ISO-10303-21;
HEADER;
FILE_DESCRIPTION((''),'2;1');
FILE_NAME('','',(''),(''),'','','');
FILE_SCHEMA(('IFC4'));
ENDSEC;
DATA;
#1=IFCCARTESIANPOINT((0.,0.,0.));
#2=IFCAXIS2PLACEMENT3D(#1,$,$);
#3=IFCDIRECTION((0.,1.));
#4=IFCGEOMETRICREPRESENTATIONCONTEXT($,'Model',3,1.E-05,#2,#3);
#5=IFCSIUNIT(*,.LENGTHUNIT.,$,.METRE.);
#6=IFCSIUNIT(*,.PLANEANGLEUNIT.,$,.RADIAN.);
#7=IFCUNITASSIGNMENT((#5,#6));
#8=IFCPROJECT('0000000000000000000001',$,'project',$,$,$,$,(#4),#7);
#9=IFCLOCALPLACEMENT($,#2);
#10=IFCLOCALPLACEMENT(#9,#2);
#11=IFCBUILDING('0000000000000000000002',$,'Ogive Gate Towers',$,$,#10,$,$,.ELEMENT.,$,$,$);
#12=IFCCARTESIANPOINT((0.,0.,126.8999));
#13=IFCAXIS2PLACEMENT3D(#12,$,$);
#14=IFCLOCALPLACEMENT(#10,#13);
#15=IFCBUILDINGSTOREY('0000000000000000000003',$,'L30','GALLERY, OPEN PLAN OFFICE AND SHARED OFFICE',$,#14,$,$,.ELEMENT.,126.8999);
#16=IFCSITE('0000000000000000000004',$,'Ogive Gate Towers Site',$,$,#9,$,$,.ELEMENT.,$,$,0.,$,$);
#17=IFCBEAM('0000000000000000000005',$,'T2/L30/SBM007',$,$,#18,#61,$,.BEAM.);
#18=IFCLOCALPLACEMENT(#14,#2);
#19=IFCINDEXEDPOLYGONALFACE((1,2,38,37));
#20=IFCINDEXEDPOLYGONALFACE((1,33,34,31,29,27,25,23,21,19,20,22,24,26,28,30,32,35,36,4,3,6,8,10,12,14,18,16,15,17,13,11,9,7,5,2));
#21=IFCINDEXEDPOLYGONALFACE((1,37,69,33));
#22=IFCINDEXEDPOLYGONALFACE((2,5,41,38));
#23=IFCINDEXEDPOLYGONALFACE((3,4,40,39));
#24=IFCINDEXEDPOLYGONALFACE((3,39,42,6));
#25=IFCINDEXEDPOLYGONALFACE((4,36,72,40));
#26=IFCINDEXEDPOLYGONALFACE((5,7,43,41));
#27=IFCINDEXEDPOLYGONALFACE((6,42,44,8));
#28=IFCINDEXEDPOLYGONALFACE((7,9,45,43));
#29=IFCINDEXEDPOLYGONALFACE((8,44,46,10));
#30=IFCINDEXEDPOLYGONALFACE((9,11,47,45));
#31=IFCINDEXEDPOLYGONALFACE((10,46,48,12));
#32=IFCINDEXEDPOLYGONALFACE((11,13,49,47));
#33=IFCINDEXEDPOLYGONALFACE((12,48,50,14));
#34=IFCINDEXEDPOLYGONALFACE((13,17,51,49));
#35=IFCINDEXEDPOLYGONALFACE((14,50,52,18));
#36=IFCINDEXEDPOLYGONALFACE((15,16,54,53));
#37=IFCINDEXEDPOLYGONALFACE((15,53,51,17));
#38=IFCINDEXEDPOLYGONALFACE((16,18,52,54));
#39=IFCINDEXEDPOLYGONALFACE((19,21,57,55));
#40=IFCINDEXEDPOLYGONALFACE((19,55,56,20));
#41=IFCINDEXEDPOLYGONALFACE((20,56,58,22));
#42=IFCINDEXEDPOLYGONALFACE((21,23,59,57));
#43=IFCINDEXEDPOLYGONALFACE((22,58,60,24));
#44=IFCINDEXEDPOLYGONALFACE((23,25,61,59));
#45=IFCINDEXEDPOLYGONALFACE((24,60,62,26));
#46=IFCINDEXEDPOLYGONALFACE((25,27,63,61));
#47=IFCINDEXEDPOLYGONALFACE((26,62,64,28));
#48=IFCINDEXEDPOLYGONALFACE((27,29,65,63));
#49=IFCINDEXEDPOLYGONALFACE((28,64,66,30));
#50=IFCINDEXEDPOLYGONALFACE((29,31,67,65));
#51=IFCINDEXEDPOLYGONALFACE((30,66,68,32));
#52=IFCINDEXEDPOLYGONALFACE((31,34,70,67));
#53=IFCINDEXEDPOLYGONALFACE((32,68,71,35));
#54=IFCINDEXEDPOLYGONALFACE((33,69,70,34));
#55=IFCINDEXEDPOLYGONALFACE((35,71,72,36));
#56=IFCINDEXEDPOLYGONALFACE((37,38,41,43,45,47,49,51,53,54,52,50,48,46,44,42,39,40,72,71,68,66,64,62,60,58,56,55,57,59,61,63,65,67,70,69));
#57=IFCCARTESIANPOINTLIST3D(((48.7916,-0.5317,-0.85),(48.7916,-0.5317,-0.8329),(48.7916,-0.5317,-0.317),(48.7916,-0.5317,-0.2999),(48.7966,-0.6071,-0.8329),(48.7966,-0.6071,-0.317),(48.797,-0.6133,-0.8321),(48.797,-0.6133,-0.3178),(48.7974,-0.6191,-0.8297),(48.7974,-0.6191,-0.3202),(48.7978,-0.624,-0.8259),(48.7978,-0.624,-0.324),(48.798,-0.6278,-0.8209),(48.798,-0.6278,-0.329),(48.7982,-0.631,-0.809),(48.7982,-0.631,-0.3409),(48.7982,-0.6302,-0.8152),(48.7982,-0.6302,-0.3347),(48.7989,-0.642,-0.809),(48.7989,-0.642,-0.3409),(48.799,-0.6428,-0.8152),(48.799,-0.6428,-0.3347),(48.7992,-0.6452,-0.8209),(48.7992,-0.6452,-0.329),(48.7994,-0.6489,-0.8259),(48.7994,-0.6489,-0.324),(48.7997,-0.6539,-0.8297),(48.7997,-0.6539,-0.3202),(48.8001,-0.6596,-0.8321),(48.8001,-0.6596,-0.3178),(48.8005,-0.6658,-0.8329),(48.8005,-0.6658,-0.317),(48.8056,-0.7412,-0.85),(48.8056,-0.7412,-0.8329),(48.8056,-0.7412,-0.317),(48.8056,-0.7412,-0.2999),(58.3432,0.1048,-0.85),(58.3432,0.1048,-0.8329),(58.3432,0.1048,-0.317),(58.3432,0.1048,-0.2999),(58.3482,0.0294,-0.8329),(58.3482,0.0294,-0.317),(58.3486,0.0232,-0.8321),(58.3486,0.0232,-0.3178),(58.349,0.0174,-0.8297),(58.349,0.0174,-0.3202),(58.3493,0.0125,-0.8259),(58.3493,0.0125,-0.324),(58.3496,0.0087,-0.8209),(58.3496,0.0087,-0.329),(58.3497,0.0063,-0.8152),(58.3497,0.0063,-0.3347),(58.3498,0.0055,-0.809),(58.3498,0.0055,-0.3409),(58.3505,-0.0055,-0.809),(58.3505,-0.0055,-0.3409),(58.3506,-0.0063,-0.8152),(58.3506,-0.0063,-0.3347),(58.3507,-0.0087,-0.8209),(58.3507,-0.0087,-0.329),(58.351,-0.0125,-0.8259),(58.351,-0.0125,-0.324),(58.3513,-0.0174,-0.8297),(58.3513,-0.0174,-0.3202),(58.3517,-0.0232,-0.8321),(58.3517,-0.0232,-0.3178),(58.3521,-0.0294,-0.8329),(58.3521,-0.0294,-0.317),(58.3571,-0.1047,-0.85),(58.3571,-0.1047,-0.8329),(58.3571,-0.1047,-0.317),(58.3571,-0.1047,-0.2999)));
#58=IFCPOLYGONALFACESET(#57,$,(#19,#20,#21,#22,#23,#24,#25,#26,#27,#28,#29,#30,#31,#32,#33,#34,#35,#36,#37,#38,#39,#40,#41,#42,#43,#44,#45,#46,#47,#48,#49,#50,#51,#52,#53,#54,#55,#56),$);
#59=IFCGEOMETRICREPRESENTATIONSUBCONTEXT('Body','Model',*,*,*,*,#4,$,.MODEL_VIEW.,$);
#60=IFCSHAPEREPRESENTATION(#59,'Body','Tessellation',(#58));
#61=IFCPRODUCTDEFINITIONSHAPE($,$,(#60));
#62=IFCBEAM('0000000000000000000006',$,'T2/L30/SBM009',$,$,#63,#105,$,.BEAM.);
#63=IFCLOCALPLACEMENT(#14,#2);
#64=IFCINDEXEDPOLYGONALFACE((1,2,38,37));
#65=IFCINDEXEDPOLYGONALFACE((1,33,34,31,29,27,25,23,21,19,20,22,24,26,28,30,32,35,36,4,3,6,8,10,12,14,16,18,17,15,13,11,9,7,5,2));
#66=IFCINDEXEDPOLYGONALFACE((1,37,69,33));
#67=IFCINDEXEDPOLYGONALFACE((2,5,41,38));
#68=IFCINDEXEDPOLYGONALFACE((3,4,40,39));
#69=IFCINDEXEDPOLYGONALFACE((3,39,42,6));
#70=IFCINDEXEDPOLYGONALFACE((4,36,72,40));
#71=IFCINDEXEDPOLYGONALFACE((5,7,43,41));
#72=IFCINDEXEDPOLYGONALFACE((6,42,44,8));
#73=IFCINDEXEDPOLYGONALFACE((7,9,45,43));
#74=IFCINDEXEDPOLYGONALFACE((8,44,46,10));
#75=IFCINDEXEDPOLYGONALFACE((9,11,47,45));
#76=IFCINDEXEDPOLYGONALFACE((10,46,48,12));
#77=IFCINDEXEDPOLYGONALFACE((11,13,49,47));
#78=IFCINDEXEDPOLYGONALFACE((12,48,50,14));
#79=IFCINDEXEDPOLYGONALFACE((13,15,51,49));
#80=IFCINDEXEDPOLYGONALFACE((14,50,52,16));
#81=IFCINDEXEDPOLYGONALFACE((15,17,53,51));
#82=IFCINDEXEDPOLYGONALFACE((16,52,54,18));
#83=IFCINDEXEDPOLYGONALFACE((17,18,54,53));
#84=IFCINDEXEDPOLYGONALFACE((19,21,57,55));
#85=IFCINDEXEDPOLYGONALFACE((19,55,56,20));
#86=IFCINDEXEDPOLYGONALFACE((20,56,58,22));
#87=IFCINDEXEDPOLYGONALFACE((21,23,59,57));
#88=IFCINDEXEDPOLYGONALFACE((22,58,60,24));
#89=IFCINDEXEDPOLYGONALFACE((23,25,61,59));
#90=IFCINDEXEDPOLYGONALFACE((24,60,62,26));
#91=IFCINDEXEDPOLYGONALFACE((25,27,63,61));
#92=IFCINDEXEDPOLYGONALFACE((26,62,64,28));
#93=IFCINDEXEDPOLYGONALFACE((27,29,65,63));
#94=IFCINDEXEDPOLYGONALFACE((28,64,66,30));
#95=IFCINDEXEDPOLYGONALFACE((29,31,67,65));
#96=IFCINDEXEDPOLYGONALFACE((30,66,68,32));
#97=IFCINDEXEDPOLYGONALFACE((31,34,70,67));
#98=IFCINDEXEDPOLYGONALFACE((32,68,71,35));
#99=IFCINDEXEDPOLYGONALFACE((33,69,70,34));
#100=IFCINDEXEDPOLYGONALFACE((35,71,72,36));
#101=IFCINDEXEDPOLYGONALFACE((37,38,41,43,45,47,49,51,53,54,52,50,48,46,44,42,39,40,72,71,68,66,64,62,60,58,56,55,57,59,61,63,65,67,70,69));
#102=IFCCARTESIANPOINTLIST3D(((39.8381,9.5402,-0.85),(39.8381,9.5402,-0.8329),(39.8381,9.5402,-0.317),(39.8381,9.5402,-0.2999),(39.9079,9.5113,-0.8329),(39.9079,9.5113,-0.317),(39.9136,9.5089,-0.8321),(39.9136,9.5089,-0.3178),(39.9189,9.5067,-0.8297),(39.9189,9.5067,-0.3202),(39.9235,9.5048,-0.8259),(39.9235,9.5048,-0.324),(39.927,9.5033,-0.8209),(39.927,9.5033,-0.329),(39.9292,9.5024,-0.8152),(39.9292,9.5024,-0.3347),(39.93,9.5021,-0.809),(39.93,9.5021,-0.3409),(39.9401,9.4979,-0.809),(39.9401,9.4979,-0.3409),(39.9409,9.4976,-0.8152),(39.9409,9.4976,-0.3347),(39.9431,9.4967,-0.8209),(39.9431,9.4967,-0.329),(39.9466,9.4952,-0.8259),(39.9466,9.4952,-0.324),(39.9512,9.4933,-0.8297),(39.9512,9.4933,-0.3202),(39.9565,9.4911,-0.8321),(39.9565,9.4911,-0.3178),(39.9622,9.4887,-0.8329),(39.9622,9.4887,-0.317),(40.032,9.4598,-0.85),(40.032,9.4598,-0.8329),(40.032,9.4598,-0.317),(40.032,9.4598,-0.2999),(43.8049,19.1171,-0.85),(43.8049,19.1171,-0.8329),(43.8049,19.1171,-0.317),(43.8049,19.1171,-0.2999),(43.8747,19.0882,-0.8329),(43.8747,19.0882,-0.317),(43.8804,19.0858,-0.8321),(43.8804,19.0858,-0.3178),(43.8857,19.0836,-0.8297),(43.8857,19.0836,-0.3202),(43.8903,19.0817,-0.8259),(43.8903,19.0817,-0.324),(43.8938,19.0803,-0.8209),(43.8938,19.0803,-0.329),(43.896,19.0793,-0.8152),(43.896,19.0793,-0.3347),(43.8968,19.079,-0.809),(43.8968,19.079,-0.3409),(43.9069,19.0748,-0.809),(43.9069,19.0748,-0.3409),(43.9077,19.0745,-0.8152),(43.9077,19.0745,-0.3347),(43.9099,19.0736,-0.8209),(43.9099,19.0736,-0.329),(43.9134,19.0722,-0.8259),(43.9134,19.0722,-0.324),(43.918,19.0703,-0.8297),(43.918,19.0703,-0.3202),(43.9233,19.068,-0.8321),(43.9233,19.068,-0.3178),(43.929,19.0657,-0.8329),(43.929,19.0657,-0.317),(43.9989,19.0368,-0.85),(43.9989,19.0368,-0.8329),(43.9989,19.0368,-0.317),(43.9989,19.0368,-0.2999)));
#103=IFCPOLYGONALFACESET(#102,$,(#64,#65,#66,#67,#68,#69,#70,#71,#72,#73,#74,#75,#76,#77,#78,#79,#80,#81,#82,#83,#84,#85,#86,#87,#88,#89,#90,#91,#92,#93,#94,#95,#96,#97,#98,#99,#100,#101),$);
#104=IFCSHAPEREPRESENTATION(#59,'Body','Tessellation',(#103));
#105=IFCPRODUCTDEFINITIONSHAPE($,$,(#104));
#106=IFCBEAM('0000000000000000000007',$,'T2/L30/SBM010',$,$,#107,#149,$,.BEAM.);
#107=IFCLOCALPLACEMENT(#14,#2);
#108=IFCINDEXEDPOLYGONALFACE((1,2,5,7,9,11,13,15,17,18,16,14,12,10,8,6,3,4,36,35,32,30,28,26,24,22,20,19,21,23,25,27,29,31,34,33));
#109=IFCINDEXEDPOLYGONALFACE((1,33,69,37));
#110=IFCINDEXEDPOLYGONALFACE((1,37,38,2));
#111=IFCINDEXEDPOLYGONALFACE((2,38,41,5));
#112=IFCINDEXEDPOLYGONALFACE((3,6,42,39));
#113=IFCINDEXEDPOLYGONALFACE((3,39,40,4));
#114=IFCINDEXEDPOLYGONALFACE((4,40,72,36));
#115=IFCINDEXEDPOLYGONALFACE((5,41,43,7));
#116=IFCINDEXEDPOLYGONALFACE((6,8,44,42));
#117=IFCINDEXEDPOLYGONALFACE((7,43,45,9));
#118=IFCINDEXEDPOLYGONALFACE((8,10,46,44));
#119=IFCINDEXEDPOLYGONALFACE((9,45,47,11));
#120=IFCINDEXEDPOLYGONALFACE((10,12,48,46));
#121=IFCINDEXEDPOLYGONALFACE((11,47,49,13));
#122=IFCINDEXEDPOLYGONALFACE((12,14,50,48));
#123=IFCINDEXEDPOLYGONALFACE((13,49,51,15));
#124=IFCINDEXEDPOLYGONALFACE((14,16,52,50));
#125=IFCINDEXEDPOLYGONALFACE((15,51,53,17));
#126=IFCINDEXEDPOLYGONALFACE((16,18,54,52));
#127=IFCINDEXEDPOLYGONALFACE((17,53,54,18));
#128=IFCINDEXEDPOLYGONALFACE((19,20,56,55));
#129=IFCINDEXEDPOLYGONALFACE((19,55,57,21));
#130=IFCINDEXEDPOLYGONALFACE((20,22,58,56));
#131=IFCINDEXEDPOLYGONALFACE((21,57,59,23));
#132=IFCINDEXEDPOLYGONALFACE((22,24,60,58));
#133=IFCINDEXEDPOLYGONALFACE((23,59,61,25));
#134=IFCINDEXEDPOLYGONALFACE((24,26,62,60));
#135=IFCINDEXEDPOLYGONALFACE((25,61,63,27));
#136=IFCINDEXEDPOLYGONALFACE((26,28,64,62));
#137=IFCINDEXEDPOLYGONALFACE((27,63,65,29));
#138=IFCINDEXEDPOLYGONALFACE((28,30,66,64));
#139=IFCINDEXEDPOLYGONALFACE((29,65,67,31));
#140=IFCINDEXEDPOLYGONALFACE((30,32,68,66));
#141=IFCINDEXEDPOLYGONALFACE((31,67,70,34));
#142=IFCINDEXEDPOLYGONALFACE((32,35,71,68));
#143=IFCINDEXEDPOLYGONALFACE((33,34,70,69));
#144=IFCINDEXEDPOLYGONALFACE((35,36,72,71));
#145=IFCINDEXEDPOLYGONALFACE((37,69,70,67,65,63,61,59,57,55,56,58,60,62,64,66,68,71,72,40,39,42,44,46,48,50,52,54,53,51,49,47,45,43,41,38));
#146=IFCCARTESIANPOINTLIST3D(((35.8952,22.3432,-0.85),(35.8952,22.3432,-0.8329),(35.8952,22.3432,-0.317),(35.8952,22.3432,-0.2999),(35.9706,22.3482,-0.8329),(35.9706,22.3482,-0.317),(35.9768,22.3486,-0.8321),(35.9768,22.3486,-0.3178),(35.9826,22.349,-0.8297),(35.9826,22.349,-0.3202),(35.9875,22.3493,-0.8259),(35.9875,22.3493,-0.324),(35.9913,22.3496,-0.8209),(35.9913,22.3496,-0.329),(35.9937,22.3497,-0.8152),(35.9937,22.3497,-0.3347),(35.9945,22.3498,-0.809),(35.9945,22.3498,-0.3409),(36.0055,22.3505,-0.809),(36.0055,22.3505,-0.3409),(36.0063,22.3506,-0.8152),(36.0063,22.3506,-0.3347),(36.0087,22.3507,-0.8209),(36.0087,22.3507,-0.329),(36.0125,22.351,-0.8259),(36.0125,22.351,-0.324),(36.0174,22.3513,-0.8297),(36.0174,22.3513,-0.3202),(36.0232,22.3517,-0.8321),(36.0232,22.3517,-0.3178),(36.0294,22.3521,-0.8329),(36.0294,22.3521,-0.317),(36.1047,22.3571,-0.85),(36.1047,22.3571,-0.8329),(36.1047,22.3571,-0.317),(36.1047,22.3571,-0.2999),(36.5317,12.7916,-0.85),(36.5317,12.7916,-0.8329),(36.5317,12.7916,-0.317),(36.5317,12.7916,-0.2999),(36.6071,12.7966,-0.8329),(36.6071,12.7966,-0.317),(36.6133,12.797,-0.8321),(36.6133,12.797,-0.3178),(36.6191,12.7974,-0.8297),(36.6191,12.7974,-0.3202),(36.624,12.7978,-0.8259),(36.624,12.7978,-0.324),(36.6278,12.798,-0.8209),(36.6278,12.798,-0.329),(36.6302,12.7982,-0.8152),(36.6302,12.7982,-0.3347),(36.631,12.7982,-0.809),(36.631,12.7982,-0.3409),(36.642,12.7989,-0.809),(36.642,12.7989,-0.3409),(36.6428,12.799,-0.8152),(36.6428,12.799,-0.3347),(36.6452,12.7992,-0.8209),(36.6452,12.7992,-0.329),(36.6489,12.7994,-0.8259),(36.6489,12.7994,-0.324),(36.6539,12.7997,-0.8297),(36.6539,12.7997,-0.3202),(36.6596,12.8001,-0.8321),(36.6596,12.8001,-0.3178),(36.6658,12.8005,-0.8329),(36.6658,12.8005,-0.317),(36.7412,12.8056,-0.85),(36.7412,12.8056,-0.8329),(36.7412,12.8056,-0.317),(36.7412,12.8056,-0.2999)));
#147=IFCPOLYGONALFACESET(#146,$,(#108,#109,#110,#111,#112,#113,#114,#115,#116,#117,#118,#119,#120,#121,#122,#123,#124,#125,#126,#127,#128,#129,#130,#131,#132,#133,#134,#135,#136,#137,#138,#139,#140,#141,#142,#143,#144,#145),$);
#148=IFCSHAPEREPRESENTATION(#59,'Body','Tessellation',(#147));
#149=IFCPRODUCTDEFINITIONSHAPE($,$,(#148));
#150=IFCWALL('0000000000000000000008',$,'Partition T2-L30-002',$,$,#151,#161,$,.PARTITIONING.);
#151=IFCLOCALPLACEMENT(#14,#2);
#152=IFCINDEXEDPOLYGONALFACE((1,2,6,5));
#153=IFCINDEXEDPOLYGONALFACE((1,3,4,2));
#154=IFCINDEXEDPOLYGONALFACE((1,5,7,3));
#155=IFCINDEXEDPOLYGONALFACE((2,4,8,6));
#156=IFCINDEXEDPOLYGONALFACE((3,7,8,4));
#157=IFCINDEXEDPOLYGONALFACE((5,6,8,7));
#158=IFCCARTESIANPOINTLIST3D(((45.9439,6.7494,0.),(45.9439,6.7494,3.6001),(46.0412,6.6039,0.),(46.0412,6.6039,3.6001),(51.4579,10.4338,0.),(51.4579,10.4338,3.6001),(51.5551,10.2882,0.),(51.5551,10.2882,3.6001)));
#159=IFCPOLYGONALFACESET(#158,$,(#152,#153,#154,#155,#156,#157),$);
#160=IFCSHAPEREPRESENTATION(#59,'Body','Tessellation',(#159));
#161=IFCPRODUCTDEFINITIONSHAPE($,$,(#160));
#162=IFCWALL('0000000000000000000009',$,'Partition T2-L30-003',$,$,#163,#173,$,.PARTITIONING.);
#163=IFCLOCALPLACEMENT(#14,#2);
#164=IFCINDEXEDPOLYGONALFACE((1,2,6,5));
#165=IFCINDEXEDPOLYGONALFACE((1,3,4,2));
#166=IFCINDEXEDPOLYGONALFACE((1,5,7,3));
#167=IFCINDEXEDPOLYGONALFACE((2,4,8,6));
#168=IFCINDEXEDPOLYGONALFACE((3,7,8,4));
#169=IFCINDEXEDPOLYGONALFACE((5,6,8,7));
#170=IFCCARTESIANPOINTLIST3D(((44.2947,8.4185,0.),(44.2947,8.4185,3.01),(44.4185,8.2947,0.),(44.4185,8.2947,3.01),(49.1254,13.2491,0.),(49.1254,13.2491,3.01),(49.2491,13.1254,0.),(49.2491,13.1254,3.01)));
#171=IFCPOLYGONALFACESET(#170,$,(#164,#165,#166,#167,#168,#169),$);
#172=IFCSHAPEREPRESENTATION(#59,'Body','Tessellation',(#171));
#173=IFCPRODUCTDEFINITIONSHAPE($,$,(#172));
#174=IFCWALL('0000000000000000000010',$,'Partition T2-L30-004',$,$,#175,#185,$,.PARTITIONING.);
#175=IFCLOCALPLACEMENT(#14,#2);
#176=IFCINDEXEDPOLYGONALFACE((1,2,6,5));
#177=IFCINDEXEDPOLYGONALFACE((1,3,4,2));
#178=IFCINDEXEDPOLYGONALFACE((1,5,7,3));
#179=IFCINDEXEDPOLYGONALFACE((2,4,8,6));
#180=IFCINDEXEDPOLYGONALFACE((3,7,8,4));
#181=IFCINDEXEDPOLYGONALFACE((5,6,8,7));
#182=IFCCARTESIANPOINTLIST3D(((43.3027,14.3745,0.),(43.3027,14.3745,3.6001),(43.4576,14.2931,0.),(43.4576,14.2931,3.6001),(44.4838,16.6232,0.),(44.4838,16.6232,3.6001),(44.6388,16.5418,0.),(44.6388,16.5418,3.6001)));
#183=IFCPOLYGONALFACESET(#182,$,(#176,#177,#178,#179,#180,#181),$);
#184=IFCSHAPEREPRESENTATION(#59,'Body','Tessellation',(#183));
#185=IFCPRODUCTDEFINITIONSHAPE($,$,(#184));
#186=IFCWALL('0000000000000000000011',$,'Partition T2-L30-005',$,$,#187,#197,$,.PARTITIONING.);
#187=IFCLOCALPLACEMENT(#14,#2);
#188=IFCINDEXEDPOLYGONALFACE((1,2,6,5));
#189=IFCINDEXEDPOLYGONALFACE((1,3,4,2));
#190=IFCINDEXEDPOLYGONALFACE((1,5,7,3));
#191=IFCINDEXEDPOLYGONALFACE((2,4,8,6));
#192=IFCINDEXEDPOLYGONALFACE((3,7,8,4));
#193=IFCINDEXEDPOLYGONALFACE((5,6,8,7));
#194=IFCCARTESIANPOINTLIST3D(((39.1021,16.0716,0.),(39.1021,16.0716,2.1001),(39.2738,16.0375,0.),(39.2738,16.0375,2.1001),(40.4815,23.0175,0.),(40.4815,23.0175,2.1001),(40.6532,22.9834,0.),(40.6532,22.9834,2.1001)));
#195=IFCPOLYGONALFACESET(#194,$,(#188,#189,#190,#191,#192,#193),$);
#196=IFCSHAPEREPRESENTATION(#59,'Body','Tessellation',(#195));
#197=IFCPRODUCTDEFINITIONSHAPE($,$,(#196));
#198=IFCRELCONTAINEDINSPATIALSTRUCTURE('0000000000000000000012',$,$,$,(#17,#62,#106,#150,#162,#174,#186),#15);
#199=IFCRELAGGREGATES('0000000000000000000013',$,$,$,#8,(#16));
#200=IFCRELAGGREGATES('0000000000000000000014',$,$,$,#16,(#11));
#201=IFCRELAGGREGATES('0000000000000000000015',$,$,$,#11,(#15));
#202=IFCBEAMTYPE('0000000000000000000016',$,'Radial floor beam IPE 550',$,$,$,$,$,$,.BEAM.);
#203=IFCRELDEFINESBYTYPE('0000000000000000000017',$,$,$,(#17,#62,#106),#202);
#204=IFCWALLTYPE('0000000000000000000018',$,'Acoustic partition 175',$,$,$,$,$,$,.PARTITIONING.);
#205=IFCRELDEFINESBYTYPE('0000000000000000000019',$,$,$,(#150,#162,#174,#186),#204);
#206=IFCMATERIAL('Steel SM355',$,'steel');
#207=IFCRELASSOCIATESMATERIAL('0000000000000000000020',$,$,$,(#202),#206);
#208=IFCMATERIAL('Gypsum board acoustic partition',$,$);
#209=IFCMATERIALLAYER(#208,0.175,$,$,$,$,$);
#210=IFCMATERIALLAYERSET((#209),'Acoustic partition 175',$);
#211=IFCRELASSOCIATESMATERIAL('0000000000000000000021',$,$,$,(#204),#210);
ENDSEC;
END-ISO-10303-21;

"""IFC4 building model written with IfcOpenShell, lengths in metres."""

from ifc_helpers import new_model, si_unit, direction, frame, frame_2d, origin, origin_2d, place, context, subcontext, project, spatial, rectangle, i_section, extrude, material, layer, layer_set, material_profile, profile_set, type_object, element, save


model = new_model("IFC4")

# Units and contexts
model_context = context("Model", 3, precision=1e-05, world=origin(), true_north=direction((0.0, 1.0)))
body_context = subcontext(model_context, "Body", "Model", "MODEL_VIEW")
ifc_project = project(units=[si_unit("LENGTHUNIT", "METRE"), si_unit("PLANEANGLEUNIT", "RADIAN")], contexts=[model_context])

# Site, building, storey
site_placement = place(None, origin())
site = spatial("IfcSite", under=ifc_project, at=site_placement, Name="Ogive Gate Towers Site", CompositionType="ELEMENT", RefElevation=0.0)
building_placement = place(site_placement, origin())
building = spatial("IfcBuilding", under=site, at=building_placement, Name="Ogive Gate Towers", CompositionType="ELEMENT")
storey_placement = place(building_placement, frame((0.0, 0.0, 126.8999)))
storey = spatial("IfcBuildingStorey", under=building, at=storey_placement, Name="L30", Description="GALLERY, OPEN PLAN OFFICE AND SHARED OFFICE", CompositionType="ELEMENT", Elevation=126.8999)

# Beams
ifc_material_1 = material(Name="Steel SM355", Category="steel")
ifc_material_profile_1 = material_profile(ifc_material_1, i_section(OverallWidth=0.21, OverallDepth=0.55, WebThickness=0.011, FlangeThickness=0.0171, FilletRadius=0.0239, at=origin_2d()), Name="IPE 550")
ifc_profile_set_1 = profile_set([ifc_material_profile_1], Name="Steel SM355")
beam_type_1 = type_object("IfcBeamType", Name="Radial floor beam IPE 550", PredefinedType="BEAM", material=ifc_profile_set_1)
beam_1_placement = place(storey_placement, frame((48.7986, -0.6365, -0.575), z_axis=(0.997787, 0.066489, 0.0), x_axis=(-0.066489, 0.997787, 0.0)))
element("IfcBeam", 1, at=beam_1_placement, inside=storey, type_object=beam_type_1, Name="T2/L30/SBM007", PredefinedType="BEAM", context=body_context, shape_type="SweptSolid", body=[
    extrude(i_section(OverallWidth=0.21, OverallDepth=0.55, WebThickness=0.011, FlangeThickness=0.0171, FilletRadius=0.0239, at=origin_2d()), origin(), (0.0, 0.0, 1.0), 9.5728),
])
beam_2_placement = place(storey_placement, frame((39.9351, 9.5, -0.575), z_axis=(0.382676, 0.923882, 0.0), x_axis=(-0.923882, 0.382676, 0.0)))
element("IfcBeam", 2, at=beam_2_placement, inside=storey, type_object=beam_type_1, Name="T2/L30/SBM009", PredefinedType="BEAM", context=body_context, shape_type="SweptSolid", body=[
    extrude(i_section(OverallWidth=0.21, OverallDepth=0.55, WebThickness=0.011, FlangeThickness=0.0171, FilletRadius=0.0239, at=origin_2d()), origin(), (0.0, 0.0, 1.0), 10.366),
])
beam_3_placement = place(storey_placement, frame((36.6365, 12.7986, -0.575), z_axis=(-0.066489, 0.997787, 0.0), x_axis=(-0.997787, -0.066489, 0.0)))
element("IfcBeam", 3, at=beam_3_placement, inside=storey, type_object=beam_type_1, Name="T2/L30/SBM010", PredefinedType="BEAM", context=body_context, shape_type="SweptSolid", body=[
    extrude(i_section(OverallWidth=0.21, OverallDepth=0.55, WebThickness=0.011, FlangeThickness=0.0171, FilletRadius=0.0239, at=origin_2d()), origin(), (0.0, 0.0, 1.0), 9.5728),
])

# Walls
ifc_material_2 = material(Name="Gypsum board acoustic partition")
ifc_layer_1 = layer(ifc_material_2, 0.175)
ifc_layer_set_1 = layer_set([ifc_layer_1], Name="Acoustic partition 175")
wall_type_1 = type_object("IfcWallType", Name="Acoustic partition 175", PredefinedType="PARTITIONING", material=ifc_layer_set_1)
wall_1_placement = place(storey_placement, frame((51.5066, 10.3611, 0.0), z_axis=(0.0, 0.0, 1.0), x_axis=(-0.831466, -0.555575, 0.0)))
element("IfcWall", 4, at=wall_1_placement, inside=storey, type_object=wall_type_1, Name="Partition T2-L30-002", PredefinedType="PARTITIONING", context=body_context, shape_type="SweptSolid", body=[
    extrude(rectangle(XDim=6.6316, YDim=0.175, at=frame_2d((3.3159, 0.0))), origin(), (0.0, 0.0, 1.0), 3.6001),
])
wall_2_placement = place(storey_placement, frame((49.1873, 13.1873, 0.0), z_axis=(0.0, 0.0, 1.0), x_axis=(-0.707107, -0.707107, 0.0)))
element("IfcWall", 5, at=wall_2_placement, inside=storey, type_object=wall_type_1, Name="Partition T2-L30-003", PredefinedType="PARTITIONING", context=body_context, shape_type="SweptSolid", body=[
    extrude(rectangle(XDim=6.8315, YDim=0.175, at=frame_2d((3.4158, 0.0))), origin(), (0.0, 0.0, 1.0), 3.01),
])
wall_3_placement = place(storey_placement, frame((44.5613, 16.5825, 0.0), z_axis=(0.0, 0.0, 1.0), x_axis=(-0.465002, -0.88531, 0.0)))
element("IfcWall", 6, at=wall_3_placement, inside=storey, type_object=wall_type_1, Name="Partition T2-L30-004", PredefinedType="PARTITIONING", context=body_context, shape_type="SweptSolid", body=[
    extrude(rectangle(XDim=2.54, YDim=0.175, at=frame_2d((1.27, 0.0))), origin(), (0.0, 0.0, 1.0), 3.6001),
])
wall_4_placement = place(storey_placement, frame((40.5674, 23.0005, 0.0), z_axis=(0.0, 0.0, 1.0), x_axis=(-0.19479, -0.980845, 0.0)))
element("IfcWall", 7, at=wall_4_placement, inside=storey, type_object=wall_type_1, Name="Partition T2-L30-005", PredefinedType="PARTITIONING", context=body_context, shape_type="SweptSolid", body=[
    extrude(rectangle(XDim=7.0815, YDim=0.175, at=frame_2d((3.5408, 0.0))), origin(), (0.0, 0.0, 1.0), 2.1001),
])

save(model, "model.ifc")
